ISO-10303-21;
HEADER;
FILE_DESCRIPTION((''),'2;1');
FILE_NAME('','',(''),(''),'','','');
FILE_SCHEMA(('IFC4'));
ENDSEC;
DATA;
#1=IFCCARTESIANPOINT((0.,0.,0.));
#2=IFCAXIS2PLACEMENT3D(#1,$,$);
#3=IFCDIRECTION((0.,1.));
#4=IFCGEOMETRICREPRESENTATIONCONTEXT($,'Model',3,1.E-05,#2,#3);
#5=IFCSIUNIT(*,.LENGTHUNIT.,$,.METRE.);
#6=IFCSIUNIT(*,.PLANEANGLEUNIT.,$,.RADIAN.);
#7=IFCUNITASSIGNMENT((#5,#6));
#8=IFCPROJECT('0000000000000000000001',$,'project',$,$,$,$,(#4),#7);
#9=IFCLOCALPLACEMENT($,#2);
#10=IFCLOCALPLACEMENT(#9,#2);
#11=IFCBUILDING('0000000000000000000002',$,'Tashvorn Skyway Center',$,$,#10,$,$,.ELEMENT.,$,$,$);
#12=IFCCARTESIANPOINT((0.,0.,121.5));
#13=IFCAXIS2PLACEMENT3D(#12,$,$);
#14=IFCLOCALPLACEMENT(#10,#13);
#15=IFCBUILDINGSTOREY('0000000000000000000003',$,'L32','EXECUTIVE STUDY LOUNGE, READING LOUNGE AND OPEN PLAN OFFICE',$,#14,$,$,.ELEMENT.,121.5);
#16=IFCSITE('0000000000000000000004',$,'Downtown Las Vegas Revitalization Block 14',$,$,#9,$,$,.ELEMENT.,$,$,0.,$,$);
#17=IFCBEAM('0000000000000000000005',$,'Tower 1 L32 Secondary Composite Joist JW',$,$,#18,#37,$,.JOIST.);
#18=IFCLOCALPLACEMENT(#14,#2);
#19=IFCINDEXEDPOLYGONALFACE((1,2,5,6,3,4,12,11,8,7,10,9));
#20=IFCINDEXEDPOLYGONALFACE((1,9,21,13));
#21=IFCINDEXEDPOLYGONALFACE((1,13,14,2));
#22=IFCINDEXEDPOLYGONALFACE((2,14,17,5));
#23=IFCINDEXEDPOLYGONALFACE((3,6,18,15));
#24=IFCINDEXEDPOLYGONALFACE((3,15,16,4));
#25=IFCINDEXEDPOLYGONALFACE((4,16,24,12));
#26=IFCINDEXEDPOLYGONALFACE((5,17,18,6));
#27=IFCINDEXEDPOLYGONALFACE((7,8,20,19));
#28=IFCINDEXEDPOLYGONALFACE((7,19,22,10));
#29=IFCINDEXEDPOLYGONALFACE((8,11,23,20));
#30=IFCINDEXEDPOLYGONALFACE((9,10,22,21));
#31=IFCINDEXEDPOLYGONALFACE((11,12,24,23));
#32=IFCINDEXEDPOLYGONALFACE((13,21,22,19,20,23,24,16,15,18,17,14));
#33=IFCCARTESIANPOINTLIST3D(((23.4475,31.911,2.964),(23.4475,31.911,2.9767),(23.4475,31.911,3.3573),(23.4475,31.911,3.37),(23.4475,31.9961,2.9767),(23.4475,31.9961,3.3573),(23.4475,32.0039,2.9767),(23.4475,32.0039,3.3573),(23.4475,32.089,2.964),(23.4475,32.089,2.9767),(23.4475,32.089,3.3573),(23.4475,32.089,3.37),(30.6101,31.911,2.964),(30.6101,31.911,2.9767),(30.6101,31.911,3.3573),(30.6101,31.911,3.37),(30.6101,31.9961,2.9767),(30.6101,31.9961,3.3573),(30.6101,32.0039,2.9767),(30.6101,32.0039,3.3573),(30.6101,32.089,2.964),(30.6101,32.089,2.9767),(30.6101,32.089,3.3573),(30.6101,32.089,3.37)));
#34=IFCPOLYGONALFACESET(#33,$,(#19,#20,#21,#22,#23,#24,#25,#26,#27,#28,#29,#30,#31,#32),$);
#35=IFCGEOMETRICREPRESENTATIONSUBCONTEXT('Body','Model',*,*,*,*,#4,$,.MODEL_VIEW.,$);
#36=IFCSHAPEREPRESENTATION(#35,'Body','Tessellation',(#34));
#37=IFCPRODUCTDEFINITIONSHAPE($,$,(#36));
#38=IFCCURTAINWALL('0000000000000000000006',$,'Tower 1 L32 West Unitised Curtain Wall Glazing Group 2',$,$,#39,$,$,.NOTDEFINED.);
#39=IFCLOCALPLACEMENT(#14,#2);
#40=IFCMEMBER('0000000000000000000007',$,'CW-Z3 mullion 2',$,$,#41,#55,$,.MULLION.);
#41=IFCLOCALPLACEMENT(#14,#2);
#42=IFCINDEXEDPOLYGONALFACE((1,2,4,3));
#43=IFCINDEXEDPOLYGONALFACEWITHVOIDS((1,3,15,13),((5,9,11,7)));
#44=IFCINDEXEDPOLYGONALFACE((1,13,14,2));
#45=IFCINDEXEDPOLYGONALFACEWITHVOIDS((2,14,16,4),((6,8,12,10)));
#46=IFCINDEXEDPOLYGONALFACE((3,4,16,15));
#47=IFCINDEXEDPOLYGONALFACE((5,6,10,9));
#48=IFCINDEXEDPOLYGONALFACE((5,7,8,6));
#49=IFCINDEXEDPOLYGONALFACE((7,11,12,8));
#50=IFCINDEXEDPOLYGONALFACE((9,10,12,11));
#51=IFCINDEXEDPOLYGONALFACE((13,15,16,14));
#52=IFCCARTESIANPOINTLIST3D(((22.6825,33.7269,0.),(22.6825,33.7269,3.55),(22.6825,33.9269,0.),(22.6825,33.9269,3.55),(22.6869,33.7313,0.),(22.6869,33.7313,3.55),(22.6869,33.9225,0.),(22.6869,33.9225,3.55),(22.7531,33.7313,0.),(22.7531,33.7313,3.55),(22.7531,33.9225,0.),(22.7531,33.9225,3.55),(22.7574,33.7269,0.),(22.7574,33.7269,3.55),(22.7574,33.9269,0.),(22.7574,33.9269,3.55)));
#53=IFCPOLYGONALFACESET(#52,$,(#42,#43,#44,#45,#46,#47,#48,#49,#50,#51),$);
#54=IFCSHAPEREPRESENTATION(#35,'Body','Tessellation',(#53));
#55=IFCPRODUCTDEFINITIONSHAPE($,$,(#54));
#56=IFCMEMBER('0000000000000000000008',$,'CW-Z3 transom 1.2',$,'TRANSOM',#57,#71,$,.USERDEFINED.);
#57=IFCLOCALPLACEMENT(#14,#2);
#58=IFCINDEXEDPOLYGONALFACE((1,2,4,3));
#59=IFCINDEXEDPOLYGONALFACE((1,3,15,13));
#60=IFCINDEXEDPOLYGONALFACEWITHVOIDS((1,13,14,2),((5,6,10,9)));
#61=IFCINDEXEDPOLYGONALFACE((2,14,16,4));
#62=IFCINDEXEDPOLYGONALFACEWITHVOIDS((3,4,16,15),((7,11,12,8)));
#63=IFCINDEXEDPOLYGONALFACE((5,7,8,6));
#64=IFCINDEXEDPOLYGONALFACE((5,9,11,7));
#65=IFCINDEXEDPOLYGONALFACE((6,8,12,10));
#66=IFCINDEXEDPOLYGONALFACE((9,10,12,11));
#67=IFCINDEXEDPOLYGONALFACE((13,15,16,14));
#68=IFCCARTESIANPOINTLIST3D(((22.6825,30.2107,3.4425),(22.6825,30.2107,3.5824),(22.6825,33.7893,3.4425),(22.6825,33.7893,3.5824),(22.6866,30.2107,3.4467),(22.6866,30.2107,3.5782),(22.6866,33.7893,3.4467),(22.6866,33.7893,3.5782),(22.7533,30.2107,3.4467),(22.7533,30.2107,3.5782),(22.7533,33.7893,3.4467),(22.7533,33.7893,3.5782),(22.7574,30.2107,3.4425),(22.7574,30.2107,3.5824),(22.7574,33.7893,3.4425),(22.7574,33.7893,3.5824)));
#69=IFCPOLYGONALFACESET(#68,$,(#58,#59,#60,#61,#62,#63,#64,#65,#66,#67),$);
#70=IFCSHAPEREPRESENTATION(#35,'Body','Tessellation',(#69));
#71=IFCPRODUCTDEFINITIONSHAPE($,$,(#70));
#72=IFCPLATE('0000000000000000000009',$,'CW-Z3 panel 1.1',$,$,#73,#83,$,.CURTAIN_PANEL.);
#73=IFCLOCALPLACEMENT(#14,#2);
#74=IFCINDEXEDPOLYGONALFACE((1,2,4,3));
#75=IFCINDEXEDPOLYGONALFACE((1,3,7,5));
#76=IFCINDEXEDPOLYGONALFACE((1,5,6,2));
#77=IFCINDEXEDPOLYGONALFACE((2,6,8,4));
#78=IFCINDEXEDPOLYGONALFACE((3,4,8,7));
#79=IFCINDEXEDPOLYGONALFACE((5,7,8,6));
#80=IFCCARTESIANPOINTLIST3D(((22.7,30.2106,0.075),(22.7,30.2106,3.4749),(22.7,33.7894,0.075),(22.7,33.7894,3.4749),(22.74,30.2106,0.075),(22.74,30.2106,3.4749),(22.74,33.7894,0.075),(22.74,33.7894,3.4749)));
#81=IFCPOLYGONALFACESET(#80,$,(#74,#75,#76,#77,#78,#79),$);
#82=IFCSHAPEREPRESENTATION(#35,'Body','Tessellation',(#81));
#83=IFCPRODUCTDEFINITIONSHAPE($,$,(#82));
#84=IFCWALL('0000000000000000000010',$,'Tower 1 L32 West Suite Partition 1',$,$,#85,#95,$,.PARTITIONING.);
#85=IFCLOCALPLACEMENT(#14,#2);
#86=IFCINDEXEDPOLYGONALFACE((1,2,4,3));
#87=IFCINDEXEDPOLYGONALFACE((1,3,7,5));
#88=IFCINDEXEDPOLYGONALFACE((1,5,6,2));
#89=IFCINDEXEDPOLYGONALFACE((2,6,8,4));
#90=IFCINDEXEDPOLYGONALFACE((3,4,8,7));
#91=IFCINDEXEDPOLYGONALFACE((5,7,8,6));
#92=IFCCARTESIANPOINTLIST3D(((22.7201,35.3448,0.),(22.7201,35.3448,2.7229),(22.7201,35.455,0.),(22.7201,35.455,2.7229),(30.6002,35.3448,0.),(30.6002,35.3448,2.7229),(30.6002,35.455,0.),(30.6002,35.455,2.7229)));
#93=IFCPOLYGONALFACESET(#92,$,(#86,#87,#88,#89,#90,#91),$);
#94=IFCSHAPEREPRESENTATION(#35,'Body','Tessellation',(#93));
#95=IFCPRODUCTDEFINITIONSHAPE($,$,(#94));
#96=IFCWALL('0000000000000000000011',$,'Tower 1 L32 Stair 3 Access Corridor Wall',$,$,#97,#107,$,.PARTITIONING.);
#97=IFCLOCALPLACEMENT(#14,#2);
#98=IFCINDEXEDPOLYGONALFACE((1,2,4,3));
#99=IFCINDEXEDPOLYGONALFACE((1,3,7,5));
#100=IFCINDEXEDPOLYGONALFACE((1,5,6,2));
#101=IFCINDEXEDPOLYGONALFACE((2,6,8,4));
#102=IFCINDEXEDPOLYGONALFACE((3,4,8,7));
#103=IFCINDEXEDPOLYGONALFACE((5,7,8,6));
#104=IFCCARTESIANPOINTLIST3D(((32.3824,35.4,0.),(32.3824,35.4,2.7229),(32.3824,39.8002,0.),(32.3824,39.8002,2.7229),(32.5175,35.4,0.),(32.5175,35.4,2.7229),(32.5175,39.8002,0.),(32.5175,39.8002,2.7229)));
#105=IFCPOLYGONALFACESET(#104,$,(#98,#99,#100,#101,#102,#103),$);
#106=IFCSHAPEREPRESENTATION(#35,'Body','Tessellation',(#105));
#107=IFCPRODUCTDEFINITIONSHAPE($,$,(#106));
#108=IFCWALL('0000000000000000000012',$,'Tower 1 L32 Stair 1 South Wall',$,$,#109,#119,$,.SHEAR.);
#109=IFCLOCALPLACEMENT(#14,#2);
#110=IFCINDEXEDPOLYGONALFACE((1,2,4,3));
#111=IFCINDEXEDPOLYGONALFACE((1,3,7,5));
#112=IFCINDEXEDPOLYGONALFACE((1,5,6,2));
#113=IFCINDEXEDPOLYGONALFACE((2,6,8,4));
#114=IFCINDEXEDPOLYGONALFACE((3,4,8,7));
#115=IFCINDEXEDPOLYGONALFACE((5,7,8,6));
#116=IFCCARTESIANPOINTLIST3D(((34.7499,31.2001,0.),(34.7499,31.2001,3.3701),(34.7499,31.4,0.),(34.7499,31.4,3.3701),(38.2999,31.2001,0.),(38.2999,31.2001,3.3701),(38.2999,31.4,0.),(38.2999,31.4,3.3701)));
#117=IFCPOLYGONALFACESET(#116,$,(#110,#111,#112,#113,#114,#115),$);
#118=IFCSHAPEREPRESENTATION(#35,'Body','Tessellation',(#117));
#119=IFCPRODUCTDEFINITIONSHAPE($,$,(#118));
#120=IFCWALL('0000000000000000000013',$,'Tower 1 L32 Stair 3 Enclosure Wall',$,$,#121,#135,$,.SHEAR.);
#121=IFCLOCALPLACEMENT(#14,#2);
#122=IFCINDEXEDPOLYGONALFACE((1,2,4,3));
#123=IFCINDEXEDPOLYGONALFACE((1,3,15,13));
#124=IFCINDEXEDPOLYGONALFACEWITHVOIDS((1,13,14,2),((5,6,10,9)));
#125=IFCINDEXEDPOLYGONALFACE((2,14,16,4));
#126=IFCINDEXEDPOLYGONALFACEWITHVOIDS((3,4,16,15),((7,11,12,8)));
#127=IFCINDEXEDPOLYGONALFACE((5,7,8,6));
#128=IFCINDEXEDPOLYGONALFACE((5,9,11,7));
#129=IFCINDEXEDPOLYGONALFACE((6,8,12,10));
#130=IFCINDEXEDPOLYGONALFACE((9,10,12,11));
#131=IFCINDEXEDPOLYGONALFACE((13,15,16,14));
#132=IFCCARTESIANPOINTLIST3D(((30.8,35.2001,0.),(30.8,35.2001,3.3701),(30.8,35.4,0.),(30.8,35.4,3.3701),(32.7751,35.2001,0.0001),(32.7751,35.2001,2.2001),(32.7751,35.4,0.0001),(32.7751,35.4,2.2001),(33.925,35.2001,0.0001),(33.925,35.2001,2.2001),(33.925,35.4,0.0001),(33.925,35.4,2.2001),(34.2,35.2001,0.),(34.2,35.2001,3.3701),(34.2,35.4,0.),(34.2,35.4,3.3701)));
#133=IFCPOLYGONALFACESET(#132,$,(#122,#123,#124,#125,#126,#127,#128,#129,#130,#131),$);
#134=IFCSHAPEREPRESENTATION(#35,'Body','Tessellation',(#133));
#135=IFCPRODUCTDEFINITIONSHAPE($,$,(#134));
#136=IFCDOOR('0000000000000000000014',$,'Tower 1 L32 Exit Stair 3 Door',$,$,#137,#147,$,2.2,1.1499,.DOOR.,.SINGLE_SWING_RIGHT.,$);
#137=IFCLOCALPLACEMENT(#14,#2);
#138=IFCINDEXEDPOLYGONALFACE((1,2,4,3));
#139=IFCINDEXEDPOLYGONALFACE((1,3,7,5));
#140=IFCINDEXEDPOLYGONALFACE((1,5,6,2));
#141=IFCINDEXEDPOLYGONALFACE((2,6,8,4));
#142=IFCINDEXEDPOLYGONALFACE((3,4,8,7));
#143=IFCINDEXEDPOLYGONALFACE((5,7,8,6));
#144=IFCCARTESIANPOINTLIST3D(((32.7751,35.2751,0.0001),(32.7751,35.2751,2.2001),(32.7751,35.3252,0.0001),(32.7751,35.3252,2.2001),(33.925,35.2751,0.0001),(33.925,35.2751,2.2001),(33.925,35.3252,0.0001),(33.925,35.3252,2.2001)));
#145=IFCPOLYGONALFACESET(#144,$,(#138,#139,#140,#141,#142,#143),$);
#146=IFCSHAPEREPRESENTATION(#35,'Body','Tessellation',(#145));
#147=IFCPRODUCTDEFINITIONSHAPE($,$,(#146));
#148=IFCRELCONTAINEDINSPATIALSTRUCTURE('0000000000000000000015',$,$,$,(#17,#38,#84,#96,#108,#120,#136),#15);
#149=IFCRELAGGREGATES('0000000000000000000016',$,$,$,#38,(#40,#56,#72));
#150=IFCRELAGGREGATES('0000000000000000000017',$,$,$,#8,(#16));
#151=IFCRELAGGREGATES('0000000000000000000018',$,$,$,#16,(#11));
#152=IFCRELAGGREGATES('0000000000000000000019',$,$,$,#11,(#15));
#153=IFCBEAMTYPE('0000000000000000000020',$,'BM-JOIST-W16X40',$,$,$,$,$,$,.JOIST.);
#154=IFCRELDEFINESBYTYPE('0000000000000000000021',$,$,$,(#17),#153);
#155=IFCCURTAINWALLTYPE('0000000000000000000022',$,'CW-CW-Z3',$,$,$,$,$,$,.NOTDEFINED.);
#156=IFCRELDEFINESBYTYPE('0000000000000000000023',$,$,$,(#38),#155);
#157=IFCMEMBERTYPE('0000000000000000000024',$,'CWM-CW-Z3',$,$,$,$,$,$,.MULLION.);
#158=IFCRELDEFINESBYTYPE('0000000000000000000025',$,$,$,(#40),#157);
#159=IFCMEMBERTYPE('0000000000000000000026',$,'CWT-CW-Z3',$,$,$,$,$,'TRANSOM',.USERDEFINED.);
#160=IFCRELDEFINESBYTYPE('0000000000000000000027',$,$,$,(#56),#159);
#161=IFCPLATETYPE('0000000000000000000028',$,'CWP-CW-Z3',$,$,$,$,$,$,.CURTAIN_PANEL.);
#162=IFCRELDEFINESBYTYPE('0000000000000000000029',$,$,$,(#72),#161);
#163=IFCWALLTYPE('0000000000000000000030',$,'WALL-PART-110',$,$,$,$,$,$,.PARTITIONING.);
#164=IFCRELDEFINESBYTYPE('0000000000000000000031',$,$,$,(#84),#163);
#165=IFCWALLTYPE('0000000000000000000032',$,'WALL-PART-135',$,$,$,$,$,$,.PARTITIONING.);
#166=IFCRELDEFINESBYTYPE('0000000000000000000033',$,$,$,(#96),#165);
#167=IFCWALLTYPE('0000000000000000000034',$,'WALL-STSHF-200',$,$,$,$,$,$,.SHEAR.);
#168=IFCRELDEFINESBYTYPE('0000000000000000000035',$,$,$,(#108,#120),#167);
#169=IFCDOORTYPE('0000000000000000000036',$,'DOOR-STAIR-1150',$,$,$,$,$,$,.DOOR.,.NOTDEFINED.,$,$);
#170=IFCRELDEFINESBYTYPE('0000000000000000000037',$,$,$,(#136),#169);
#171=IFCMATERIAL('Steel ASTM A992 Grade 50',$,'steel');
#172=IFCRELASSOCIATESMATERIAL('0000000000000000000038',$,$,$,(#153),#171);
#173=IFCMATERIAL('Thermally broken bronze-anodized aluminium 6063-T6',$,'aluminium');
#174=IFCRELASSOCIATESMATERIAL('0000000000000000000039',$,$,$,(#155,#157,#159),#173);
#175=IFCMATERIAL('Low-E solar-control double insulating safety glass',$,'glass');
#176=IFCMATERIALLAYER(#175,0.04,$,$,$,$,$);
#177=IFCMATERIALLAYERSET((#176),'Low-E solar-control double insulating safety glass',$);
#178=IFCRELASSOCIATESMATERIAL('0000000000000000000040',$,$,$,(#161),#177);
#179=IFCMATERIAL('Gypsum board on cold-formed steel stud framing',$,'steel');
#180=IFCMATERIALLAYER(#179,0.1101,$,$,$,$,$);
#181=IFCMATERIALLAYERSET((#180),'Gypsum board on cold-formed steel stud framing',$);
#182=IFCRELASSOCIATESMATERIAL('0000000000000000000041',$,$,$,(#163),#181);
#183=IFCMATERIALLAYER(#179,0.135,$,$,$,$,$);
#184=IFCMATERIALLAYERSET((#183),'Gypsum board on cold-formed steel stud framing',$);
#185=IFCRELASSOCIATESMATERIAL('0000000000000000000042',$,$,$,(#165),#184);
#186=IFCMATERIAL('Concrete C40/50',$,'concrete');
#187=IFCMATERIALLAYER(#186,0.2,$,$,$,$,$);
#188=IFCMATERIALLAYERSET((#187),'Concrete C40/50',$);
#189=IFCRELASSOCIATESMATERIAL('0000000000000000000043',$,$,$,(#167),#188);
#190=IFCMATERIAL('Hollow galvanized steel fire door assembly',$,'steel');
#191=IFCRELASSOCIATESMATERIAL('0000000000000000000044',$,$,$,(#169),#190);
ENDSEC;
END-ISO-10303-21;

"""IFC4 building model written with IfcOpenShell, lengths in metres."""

from ifc_helpers import new_model, si_unit, direction, frame, frame_2d, origin, origin_2d, place, context, subcontext, project, spatial, rectangle, hollow_rectangle, i_section, extrude, material, layer, layer_set, material_profile, profile_set, type_object, element, fill, aggregate, save


model = new_model("IFC4")

# Units and contexts
model_context = context("Model", 3, precision=1e-05, world=origin(), true_north=direction((0.0, 1.0)))
body_context = subcontext(model_context, "Body", "Model", "MODEL_VIEW")
ifc_project = project(units=[si_unit("LENGTHUNIT", "METRE"), si_unit("PLANEANGLEUNIT", "RADIAN")], contexts=[model_context])

# Site, building, storey
site_placement = place(None, origin())
site = spatial("IfcSite", under=ifc_project, at=site_placement, Name="Downtown Las Vegas Revitalization Block 14", CompositionType="ELEMENT", RefElevation=0.0)
building_placement = place(site_placement, origin())
building = spatial("IfcBuilding", under=site, at=building_placement, Name="Tashvorn Skyway Center", CompositionType="ELEMENT")
storey_placement = place(building_placement, frame((0.0, 0.0, 121.5)))
storey = spatial("IfcBuildingStorey", under=building, at=storey_placement, Name="L32", Description="EXECUTIVE STUDY LOUNGE, READING LOUNGE AND OPEN PLAN OFFICE", CompositionType="ELEMENT", Elevation=121.5)

# Beam
ifc_material_1 = material(Name="Steel ASTM A992 Grade 50", Category="steel")
ifc_material_profile_1 = material_profile(ifc_material_1, i_section(OverallWidth=0.178, OverallDepth=0.406, WebThickness=0.0078, FlangeThickness=0.0127, at=origin_2d()), Name="W16X40")
ifc_profile_set_1 = profile_set([ifc_material_profile_1], Name="Steel ASTM A992 Grade 50")
beam_type = type_object("IfcBeamType", Name="BM-JOIST-W16X40", PredefinedType="JOIST", material=ifc_profile_set_1)
beam_placement = place(storey_placement, frame((30.6101, 32.0, 3.167), z_axis=(-1.0, 0.0, 0.0), x_axis=(0.0, -1.0, 0.0)))
element("IfcBeam", 1, at=beam_placement, inside=storey, type_object=beam_type, Name="Tower 1 L32 Secondary Composite Joist JW", PredefinedType="JOIST", context=body_context, shape_type="SweptSolid", body=[
    extrude(i_section(OverallWidth=0.178, OverallDepth=0.406, WebThickness=0.0078, FlangeThickness=0.0127, at=origin_2d()), origin(), (0.0, 0.0, 1.0), 7.1626),
])

# Curtain wall, members, plate
ifc_material_2 = material(Name="Thermally broken bronze-anodized aluminium 6063-T6", Category="aluminium")
curtain_wall_type = type_object("IfcCurtainWallType", Name="CW-CW-Z3", PredefinedType="NOTDEFINED", material=ifc_material_2)
curtain_wall_placement = place(storey_placement, origin())
curtain_wall = element("IfcCurtainWall", 2, at=curtain_wall_placement, inside=storey, type_object=curtain_wall_type, Name="Tower 1 L32 West Unitised Curtain Wall Glazing Group 2", PredefinedType="NOTDEFINED")
ifc_material_profile_2 = material_profile(ifc_material_2, hollow_rectangle(XDim=0.075, YDim=0.2, WallThickness=0.0044, at=origin_2d()), Name="ALU-MULL-75x200")
ifc_profile_set_2 = profile_set([ifc_material_profile_2], Name="Thermally broken bronze-anodized aluminium 6063-T6")
member_type_1 = type_object("IfcMemberType", Name="CWM-CW-Z3", PredefinedType="MULLION", material=ifc_profile_set_2)
member_1_placement = place(storey_placement, frame((22.72, 33.8269, 0.0), z_axis=(0.0, 0.0, 1.0), x_axis=(-1.0, 0.0, 0.0)))
member_1 = element("IfcMember", 3, at=member_1_placement, type_object=member_type_1, Name="CW-Z3 mullion 2", PredefinedType="MULLION", context=body_context, shape_type="SweptSolid", body=[
    extrude(hollow_rectangle(XDim=0.075, YDim=0.2, WallThickness=0.0044, at=origin_2d()), origin(), (0.0, 0.0, 1.0), 3.55),
])
ifc_material_profile_3 = material_profile(ifc_material_2, hollow_rectangle(XDim=0.075, YDim=0.1399, WallThickness=0.0042, at=origin_2d()), Name="ALU-TRAN-75x140")
ifc_profile_set_3 = profile_set([ifc_material_profile_3], Name="Thermally broken bronze-anodized aluminium 6063-T6")
member_type_2 = type_object("IfcMemberType", Name="CWT-CW-Z3", ElementType="TRANSOM", PredefinedType="USERDEFINED", material=ifc_profile_set_3)
member_2_placement = place(storey_placement, frame((22.72, 30.2107, 3.5125), z_axis=(0.0, 1.0, 0.0), x_axis=(-1.0, 0.0, 0.0)))
member_2 = element("IfcMember", 4, at=member_2_placement, type_object=member_type_2, Name="CW-Z3 transom 1.2", ObjectType="TRANSOM", PredefinedType="USERDEFINED", context=body_context, shape_type="SweptSolid", body=[
    extrude(hollow_rectangle(XDim=0.075, YDim=0.1399, WallThickness=0.0042, at=origin_2d()), origin(), (0.0, 0.0, 1.0), 3.5786),
])
ifc_material_3 = material(Name="Low-E solar-control double insulating safety glass", Category="glass")
ifc_layer_1 = layer(ifc_material_3, 0.04)
ifc_layer_set_1 = layer_set([ifc_layer_1], Name="Low-E solar-control double insulating safety glass")
plate_type = type_object("IfcPlateType", Name="CWP-CW-Z3", PredefinedType="CURTAIN_PANEL", material=ifc_layer_set_1)
plate_placement = place(storey_placement, frame((22.72, 32.0, 0.075), z_axis=(0.0, 0.0, 1.0), x_axis=(0.0, 1.0, 0.0)))
plate = element("IfcPlate", 5, at=plate_placement, type_object=plate_type, Name="CW-Z3 panel 1.1", PredefinedType="CURTAIN_PANEL", context=body_context, shape_type="SweptSolid", body=[
    extrude(rectangle(XDim=3.5789, YDim=0.04, at=origin_2d()), origin(), (0.0, 0.0, 1.0), 3.3999),
])
aggregate(curtain_wall, [member_1, member_2, plate])

# Walls
ifc_material_4 = material(Name="Gypsum board on cold-formed steel stud framing", Category="steel")
ifc_layer_2 = layer(ifc_material_4, 0.1101)
ifc_layer_set_2 = layer_set([ifc_layer_2], Name="Gypsum board on cold-formed steel stud framing")
wall_type_1 = type_object("IfcWallType", Name="WALL-PART-110", PredefinedType="PARTITIONING", material=ifc_layer_set_2)
wall_1_placement = place(storey_placement, frame((30.6001, 35.3999, 0.0), z_axis=(0.0, 0.0, 1.0), x_axis=(-1.0, 0.0, 0.0)))
element("IfcWall", 6, at=wall_1_placement, inside=storey, type_object=wall_type_1, Name="Tower 1 L32 West Suite Partition 1", PredefinedType="PARTITIONING", context=body_context, shape_type="SweptSolid", body=[
    extrude(rectangle(XDim=7.8801, YDim=0.1101, at=frame_2d((3.9399, 0.0))), origin(), (0.0, 0.0, 1.0), 2.7229),
])
ifc_layer_3 = layer(ifc_material_4, 0.135)
ifc_layer_set_3 = layer_set([ifc_layer_3], Name="Gypsum board on cold-formed steel stud framing")
wall_type_2 = type_object("IfcWallType", Name="WALL-PART-135", PredefinedType="PARTITIONING", material=ifc_layer_set_3)
wall_2_placement = place(storey_placement, frame((32.45, 35.3999, 0.0), z_axis=(0.0, 0.0, 1.0), x_axis=(0.0, 1.0, 0.0)))
element("IfcWall", 7, at=wall_2_placement, inside=storey, type_object=wall_type_2, Name="Tower 1 L32 Stair 3 Access Corridor Wall", PredefinedType="PARTITIONING", context=body_context, shape_type="SweptSolid", body=[
    extrude(rectangle(XDim=4.4001, YDim=0.135, at=frame_2d((2.2002, 0.0))), origin(), (0.0, 0.0, 1.0), 2.7229),
])
ifc_material_5 = material(Name="Concrete C40/50", Category="concrete")
ifc_layer_4 = layer(ifc_material_5, 0.2)
ifc_layer_set_4 = layer_set([ifc_layer_4], Name="Concrete C40/50")
wall_type_3 = type_object("IfcWallType", Name="WALL-STSHF-200", PredefinedType="SHEAR", material=ifc_layer_set_4)
wall_3_placement = place(storey_placement, frame((34.75, 31.3, 0.0), z_axis=(0.0, 0.0, 1.0), x_axis=(1.0, 0.0, 0.0)))
element("IfcWall", 8, at=wall_3_placement, inside=storey, type_object=wall_type_3, Name="Tower 1 L32 Stair 1 South Wall", PredefinedType="SHEAR", context=body_context, shape_type="SweptSolid", body=[
    extrude(rectangle(XDim=3.55, YDim=0.2, at=frame_2d((1.7749, 0.0))), origin(), (0.0, 0.0, 1.0), 3.3701),
])

# Wall, opening, door
wall_4_placement = place(storey_placement, frame((34.2, 35.3, 0.0), z_axis=(0.0, 0.0, 1.0), x_axis=(-1.0, 0.0, 0.0)))
wall_4 = element("IfcWall", 9, at=wall_4_placement, inside=storey, type_object=wall_type_3, Name="Tower 1 L32 Stair 3 Enclosure Wall", PredefinedType="SHEAR", context=body_context, shape_type="SweptSolid", body=[
    extrude(rectangle(XDim=3.3999, YDim=0.2, at=frame_2d((1.7, 0.0))), origin(), (0.0, 0.0, 1.0), 3.3701),
])
opening_placement = place(wall_4_placement, frame((0.2749, 0.0, 0.0)))
opening = element("IfcOpeningElement", 10, at=opening_placement, cuts=wall_4, PredefinedType="OPENING", context=body_context, shape_type="SweptSolid", body=[
    extrude(rectangle(XDim=1.1499, YDim=2.2, at=frame_2d((0.575, 1.1001))), frame((0.0, 0.1099, 0.0), z_axis=(0.0, -1.0, 0.0), x_axis=(1.0, 0.0, 0.0)), (0.0, 0.0, 1.0), 0.22),
])
ifc_material_6 = material(Name="Hollow galvanized steel fire door assembly", Category="steel")
door_type = type_object("IfcDoorType", Name="DOOR-STAIR-1150", OperationType="NOTDEFINED", PredefinedType="DOOR", material=ifc_material_6)
door_placement = place(opening_placement, origin())
door = element("IfcDoor", 11, at=door_placement, inside=storey, type_object=door_type, Name="Tower 1 L32 Exit Stair 3 Door", OperationType="SINGLE_SWING_RIGHT", OverallHeight=2.2, OverallWidth=1.1499, PredefinedType="DOOR", context=body_context, shape_type="SweptSolid", body=[
    extrude(rectangle(XDim=1.1499, YDim=2.2, at=frame_2d((0.575, 1.1001))), frame((0.0, 0.0249, 0.0), z_axis=(0.0, -1.0, 0.0), x_axis=(1.0, 0.0, 0.0)), (0.0, 0.0, 1.0), 0.05),
])
fill(opening, door)

save(model, "model.ifc")
